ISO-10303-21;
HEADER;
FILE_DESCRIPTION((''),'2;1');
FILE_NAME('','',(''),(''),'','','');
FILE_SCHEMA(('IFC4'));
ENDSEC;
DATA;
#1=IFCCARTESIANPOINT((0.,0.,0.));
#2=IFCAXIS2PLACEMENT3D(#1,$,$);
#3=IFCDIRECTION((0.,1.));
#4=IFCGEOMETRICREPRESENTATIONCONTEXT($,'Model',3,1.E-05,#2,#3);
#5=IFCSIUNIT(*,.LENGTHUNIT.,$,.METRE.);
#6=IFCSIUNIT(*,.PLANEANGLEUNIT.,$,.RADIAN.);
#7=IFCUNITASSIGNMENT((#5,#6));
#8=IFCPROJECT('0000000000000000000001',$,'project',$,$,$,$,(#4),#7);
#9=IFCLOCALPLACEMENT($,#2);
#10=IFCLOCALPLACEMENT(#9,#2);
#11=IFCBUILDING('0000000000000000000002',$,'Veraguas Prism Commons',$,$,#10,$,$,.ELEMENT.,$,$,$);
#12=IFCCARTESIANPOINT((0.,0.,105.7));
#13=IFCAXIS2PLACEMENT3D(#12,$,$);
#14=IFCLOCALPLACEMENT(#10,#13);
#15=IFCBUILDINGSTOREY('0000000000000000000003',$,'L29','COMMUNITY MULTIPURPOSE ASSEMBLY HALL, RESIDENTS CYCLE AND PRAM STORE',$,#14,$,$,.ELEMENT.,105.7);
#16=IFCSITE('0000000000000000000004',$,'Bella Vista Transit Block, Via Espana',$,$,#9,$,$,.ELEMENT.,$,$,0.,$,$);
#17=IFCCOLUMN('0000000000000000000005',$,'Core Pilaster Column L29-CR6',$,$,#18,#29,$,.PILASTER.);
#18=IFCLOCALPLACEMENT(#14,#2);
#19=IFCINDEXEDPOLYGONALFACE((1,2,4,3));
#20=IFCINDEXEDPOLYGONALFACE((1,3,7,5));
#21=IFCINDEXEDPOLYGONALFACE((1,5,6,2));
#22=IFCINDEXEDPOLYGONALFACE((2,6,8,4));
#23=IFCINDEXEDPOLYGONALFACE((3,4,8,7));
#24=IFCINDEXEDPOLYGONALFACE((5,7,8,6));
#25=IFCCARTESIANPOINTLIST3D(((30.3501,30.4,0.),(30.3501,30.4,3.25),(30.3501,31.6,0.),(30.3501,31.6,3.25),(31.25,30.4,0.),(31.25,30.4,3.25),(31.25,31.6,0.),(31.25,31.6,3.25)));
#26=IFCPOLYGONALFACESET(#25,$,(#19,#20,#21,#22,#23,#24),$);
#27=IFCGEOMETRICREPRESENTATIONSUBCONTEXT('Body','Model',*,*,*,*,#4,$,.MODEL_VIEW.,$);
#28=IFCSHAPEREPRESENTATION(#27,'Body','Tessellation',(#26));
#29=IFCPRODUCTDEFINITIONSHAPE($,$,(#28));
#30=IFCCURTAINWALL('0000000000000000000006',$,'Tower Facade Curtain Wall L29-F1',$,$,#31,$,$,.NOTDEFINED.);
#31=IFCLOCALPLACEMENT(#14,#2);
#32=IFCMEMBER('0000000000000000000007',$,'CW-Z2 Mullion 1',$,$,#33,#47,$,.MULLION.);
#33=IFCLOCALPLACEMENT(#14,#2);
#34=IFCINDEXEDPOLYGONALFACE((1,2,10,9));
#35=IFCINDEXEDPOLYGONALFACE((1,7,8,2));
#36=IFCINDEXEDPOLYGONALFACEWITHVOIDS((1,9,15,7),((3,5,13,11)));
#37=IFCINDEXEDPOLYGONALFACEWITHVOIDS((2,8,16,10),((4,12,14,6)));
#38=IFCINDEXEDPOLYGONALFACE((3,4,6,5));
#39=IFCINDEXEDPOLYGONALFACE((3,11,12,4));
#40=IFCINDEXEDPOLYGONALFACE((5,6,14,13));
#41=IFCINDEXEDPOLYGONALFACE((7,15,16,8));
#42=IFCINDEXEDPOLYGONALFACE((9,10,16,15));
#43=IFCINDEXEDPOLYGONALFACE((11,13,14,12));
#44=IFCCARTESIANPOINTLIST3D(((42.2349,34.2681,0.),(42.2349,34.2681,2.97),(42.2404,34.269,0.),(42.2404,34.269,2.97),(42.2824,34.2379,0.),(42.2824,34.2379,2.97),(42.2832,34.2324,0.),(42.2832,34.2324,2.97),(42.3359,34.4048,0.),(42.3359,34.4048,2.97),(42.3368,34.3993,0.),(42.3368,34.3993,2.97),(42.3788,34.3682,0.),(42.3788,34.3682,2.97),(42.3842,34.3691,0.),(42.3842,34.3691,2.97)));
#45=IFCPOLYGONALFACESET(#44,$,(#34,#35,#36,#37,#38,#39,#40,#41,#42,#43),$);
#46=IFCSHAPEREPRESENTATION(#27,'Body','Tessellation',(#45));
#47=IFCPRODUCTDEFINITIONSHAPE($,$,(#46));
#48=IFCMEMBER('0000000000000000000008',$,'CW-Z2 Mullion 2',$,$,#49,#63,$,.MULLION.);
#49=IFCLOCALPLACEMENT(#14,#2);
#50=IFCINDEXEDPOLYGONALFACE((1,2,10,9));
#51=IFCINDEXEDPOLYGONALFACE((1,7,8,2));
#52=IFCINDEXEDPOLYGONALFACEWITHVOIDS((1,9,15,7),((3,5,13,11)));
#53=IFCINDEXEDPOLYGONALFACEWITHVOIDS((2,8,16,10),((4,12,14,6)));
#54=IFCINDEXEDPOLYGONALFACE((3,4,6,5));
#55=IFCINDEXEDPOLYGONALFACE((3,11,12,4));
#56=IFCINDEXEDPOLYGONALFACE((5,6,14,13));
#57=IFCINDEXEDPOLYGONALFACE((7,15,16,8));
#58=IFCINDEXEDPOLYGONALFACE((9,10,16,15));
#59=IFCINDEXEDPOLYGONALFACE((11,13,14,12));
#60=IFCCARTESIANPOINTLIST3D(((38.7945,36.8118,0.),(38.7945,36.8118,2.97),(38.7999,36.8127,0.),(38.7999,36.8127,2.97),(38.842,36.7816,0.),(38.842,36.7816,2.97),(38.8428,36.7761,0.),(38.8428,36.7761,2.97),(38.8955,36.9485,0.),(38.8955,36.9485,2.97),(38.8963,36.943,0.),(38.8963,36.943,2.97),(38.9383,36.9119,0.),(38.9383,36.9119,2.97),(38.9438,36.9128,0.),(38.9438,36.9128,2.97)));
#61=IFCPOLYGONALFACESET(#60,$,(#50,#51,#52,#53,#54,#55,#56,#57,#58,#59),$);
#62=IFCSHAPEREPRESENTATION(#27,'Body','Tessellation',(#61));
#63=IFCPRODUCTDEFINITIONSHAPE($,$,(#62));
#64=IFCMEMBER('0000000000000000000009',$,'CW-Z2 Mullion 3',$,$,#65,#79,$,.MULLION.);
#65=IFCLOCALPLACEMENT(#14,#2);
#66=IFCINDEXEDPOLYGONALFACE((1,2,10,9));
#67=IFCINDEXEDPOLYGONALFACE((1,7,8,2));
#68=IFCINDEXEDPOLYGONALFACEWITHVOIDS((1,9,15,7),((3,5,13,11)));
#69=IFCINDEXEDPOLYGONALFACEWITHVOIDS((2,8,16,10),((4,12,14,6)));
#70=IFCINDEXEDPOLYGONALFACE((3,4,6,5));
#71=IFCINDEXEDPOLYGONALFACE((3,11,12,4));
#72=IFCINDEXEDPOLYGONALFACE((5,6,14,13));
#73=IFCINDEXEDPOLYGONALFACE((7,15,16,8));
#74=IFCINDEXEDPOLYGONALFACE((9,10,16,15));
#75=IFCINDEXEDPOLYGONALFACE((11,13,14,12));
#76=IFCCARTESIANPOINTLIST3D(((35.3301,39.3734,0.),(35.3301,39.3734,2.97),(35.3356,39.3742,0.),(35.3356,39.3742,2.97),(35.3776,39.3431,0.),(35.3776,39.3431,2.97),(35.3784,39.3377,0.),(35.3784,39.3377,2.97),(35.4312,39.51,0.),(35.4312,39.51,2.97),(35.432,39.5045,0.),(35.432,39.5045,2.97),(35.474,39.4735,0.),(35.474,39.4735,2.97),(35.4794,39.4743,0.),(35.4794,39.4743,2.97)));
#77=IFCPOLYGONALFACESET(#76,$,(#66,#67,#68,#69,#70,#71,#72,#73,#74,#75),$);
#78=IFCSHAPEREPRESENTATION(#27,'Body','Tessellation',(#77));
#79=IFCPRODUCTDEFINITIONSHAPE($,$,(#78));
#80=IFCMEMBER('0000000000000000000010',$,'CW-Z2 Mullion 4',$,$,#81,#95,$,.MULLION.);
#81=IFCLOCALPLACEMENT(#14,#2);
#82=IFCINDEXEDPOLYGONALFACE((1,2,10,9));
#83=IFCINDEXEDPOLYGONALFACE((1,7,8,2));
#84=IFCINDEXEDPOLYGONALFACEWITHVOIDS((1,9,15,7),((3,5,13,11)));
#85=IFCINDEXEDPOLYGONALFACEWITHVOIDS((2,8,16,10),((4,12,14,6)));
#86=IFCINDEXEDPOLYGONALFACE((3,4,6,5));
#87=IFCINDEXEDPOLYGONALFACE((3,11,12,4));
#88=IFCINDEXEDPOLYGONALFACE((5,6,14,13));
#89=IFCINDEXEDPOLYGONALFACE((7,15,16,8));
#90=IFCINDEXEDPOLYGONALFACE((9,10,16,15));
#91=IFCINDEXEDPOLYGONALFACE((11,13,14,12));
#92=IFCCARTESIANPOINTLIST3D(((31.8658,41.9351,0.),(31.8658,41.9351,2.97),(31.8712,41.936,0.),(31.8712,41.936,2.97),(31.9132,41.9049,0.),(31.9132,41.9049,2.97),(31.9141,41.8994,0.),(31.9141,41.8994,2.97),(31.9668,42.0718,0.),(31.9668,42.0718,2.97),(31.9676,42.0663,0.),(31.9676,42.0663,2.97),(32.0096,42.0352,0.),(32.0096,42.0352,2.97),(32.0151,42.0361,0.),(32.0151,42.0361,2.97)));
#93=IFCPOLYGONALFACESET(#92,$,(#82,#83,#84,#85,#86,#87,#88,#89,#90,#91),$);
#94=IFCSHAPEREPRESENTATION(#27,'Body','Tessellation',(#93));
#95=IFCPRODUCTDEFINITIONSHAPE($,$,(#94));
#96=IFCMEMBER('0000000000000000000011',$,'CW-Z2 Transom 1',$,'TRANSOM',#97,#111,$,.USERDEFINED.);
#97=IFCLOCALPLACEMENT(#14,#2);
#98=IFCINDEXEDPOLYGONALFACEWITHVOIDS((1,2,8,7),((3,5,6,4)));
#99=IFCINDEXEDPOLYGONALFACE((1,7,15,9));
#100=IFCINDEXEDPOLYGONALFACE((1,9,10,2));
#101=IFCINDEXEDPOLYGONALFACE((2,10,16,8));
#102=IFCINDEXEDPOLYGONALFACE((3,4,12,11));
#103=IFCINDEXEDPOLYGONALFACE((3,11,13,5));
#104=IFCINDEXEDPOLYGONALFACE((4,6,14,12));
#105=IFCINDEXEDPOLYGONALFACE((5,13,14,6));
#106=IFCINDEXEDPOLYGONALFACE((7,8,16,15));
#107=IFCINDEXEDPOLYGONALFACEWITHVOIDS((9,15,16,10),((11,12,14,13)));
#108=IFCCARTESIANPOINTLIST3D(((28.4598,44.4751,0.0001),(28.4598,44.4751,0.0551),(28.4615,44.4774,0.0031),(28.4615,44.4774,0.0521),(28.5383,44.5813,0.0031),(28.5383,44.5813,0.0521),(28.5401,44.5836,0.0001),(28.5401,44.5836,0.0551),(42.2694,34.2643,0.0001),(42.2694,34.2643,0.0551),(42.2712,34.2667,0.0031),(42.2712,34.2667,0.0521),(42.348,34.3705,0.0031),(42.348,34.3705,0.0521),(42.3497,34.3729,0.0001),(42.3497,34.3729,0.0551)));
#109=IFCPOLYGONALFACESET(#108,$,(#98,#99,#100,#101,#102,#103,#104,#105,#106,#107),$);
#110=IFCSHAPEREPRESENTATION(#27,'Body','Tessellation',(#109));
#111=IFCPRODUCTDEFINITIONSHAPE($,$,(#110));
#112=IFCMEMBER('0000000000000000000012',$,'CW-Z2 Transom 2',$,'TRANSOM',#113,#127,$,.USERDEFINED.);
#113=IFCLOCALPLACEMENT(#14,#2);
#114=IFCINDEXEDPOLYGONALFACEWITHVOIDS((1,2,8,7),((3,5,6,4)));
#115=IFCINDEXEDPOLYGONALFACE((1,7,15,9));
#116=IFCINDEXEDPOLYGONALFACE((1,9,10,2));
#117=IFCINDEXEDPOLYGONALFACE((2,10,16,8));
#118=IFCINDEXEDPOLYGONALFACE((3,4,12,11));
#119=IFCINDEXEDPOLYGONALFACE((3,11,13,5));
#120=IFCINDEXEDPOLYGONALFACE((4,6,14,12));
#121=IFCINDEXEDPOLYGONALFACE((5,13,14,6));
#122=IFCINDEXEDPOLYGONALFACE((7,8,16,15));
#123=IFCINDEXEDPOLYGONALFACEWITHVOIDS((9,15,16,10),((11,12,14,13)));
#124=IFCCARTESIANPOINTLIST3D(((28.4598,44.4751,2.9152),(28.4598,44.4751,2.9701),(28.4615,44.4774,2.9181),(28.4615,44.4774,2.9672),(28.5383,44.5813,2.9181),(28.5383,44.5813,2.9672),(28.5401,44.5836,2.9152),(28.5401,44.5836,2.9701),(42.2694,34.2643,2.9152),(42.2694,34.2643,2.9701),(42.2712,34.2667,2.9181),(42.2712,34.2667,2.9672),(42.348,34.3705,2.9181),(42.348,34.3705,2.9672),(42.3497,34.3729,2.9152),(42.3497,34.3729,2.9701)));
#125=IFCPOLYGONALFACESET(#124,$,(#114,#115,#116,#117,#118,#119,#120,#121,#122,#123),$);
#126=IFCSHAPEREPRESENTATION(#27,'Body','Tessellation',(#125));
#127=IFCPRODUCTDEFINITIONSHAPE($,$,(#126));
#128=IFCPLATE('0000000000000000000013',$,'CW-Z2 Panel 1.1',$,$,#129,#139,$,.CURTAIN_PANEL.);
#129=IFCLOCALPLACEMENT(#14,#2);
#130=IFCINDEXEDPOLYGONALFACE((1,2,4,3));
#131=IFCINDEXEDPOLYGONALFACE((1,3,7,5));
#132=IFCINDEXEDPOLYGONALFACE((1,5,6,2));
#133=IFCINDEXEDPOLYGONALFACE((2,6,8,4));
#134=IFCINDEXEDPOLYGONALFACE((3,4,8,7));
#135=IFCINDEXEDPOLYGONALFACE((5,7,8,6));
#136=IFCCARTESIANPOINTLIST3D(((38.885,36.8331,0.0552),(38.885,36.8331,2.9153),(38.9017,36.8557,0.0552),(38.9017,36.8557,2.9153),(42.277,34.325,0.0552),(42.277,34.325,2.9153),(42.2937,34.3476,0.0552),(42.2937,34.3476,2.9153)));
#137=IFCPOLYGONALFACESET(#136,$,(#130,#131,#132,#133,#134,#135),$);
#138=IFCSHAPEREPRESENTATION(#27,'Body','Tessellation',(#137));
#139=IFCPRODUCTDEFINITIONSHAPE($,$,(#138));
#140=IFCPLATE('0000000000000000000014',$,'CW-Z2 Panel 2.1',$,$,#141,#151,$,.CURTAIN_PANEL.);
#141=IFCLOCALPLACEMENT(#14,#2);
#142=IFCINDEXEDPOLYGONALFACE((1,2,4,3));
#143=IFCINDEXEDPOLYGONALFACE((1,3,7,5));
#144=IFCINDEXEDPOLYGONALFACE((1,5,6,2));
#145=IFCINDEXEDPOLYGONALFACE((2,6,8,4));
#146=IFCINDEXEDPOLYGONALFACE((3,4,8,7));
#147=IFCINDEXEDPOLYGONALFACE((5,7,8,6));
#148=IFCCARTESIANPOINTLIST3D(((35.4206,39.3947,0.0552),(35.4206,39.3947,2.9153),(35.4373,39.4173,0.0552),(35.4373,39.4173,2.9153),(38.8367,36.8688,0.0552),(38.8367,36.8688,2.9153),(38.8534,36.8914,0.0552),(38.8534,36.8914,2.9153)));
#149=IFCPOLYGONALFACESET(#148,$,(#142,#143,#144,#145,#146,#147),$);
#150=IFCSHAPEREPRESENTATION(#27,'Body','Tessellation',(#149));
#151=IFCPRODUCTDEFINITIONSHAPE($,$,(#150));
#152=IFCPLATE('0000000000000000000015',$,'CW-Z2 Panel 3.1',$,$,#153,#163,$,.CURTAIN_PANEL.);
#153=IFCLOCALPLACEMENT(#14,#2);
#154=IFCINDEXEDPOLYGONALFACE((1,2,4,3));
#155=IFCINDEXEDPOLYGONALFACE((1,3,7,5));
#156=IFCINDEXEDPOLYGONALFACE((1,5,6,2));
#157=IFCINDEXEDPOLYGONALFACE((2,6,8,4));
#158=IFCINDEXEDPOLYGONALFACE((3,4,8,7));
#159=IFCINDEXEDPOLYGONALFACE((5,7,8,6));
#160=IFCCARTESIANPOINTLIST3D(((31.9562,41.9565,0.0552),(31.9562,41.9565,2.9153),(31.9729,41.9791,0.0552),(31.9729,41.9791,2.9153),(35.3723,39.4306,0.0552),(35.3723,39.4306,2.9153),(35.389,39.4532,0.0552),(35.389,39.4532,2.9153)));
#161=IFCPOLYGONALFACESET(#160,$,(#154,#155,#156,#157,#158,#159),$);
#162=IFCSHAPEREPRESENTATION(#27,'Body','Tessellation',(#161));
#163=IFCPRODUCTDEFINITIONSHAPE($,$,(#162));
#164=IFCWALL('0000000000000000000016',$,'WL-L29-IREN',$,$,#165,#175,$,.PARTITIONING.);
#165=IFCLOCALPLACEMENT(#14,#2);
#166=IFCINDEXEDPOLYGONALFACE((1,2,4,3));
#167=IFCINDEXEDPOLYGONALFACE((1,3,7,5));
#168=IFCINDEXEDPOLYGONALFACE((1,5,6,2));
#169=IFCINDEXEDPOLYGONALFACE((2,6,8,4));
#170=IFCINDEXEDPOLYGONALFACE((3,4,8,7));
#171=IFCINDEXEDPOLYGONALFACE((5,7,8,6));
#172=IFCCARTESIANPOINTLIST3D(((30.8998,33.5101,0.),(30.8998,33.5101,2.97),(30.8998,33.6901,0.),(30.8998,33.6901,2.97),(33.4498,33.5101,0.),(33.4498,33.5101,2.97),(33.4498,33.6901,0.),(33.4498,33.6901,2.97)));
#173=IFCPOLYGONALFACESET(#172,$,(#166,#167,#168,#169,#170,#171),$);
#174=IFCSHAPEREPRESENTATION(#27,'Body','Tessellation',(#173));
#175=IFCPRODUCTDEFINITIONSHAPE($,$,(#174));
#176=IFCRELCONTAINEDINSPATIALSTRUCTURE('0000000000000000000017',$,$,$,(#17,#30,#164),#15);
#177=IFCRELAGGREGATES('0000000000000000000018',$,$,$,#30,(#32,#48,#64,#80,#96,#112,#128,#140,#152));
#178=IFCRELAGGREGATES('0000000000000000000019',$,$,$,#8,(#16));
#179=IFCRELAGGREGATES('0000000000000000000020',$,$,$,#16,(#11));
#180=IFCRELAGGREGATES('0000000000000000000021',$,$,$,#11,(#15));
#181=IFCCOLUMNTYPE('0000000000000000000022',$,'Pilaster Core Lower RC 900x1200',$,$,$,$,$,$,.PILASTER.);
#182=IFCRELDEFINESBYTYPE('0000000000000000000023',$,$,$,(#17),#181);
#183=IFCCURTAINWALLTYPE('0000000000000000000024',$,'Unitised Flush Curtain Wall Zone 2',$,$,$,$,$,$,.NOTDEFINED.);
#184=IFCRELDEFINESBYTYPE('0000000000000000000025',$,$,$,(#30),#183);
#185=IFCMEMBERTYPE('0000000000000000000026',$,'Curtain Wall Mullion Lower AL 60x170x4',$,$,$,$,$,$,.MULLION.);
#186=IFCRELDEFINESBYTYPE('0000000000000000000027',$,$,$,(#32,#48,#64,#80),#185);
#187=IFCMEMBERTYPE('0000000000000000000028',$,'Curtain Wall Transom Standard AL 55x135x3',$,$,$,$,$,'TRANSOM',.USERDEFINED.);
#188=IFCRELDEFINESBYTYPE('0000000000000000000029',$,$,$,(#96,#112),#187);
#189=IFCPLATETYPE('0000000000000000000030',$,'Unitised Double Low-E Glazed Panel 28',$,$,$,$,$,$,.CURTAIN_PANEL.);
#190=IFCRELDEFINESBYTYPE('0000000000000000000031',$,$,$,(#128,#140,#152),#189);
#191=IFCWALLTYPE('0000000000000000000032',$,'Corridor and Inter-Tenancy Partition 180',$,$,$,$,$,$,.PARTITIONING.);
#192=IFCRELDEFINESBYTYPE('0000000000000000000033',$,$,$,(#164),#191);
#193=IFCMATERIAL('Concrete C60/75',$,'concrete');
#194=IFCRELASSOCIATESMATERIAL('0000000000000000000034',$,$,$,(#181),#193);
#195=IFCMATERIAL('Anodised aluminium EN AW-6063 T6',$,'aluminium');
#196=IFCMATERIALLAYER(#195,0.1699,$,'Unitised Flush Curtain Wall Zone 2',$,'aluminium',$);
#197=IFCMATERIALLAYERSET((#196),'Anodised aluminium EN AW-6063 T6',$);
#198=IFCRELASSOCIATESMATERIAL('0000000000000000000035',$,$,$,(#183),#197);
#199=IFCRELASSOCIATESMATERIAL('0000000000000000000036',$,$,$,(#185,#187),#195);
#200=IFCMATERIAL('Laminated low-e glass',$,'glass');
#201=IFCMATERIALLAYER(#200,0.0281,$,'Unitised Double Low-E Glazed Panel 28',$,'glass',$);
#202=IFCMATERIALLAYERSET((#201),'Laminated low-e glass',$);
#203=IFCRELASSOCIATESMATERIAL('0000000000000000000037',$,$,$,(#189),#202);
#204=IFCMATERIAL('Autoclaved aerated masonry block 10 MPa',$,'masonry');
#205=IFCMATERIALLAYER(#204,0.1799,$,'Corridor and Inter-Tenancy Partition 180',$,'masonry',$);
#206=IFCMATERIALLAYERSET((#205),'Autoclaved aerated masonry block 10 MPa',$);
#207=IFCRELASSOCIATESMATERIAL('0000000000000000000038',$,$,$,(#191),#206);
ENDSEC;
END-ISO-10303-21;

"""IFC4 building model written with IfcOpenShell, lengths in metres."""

from ifc_helpers import new_model, si_unit, direction, frame, frame_2d, origin, origin_2d, place, context, subcontext, project, spatial, rectangle, hollow_rectangle, extrude, source, transform, mapped, material, layer, layer_set, material_profile, profile_set, type_object, element, aggregate, save


model = new_model("IFC4")

# Units and contexts
model_context = context("Model", 3, precision=1e-05, world=origin(), true_north=direction((0.0, 1.0)))
body_context = subcontext(model_context, "Body", "Model", "MODEL_VIEW")
ifc_project = project(units=[si_unit("LENGTHUNIT", "METRE"), si_unit("PLANEANGLEUNIT", "RADIAN")], contexts=[model_context])

# Site, building, storey
site_placement = place(None, origin())
site = spatial("IfcSite", under=ifc_project, at=site_placement, Name="Bella Vista Transit Block, Via Espana", CompositionType="ELEMENT", RefElevation=0.0)
building_placement = place(site_placement, origin())
building = spatial("IfcBuilding", under=site, at=building_placement, Name="Veraguas Prism Commons", CompositionType="ELEMENT")
storey_placement = place(building_placement, frame((0.0, 0.0, 105.7)))
storey = spatial("IfcBuildingStorey", under=building, at=storey_placement, Name="L29", Description="COMMUNITY MULTIPURPOSE ASSEMBLY HALL, RESIDENTS CYCLE AND PRAM STORE", CompositionType="ELEMENT", Elevation=105.7)

# Column
ifc_material_1 = material(Name="Concrete C60/75", Category="concrete")
ifc_material_profile_1 = material_profile(ifc_material_1, rectangle(XDim=0.8999, YDim=1.2, at=origin_2d()), Name="RC900X1200")
ifc_profile_set_1 = profile_set([ifc_material_profile_1], Name="Concrete C60/75")
column_type = type_object("IfcColumnType", Name="Pilaster Core Lower RC 900x1200", PredefinedType="PILASTER", material=ifc_profile_set_1)
column_placement = place(storey_placement, frame((30.8, 31.0, 0.0), z_axis=(0.0, 0.0, 1.0), x_axis=(1.0, 0.0, 0.0)))
element("IfcColumn", 1, at=column_placement, inside=storey, type_object=column_type, Name="Core Pilaster Column L29-CR6", PredefinedType="PILASTER", context=body_context, shape_type="SweptSolid", body=[
    extrude(rectangle(XDim=0.8999, YDim=1.2, at=origin_2d()), origin(), (0.0, 0.0, 1.0), 3.25),
])

# Curtain wall, members, plates
ifc_material_2 = material(Name="Anodised aluminium EN AW-6063 T6", Category="aluminium")
ifc_layer_1 = layer(ifc_material_2, 0.1699, Name="Unitised Flush Curtain Wall Zone 2", Category="aluminium")
ifc_layer_set_1 = layer_set([ifc_layer_1], Name="Anodised aluminium EN AW-6063 T6")
curtain_wall_type = type_object("IfcCurtainWallType", Name="Unitised Flush Curtain Wall Zone 2", PredefinedType="NOTDEFINED", material=ifc_layer_set_1)
curtain_wall_placement = place(storey_placement, origin())
curtain_wall = element("IfcCurtainWall", 2, at=curtain_wall_placement, inside=storey, type_object=curtain_wall_type, Name="Tower Facade Curtain Wall L29-F1", PredefinedType="NOTDEFINED")
ifc_material_profile_2 = material_profile(ifc_material_2, hollow_rectangle(XDim=0.0601, YDim=0.1699, WallThickness=0.0039, at=origin_2d()), Name="AL60X170X4")
ifc_profile_set_2 = profile_set([ifc_material_profile_2], Name="Anodised aluminium EN AW-6063 T6")
member_type_1 = type_object("IfcMemberType", Name="Curtain Wall Mullion Lower AL 60x170x4", PredefinedType="MULLION", material=ifc_profile_set_2)
shared_shape_1 = source(origin(), body_context, "Body", "SweptSolid", [
    extrude(hollow_rectangle(XDim=0.0601, YDim=0.1699, WallThickness=0.0039, at=origin_2d()), origin(), (0.0, 0.0, 1.0), 2.97),
])
member_1_placement = place(storey_placement, frame((42.3096, 34.3186, 0.0), z_axis=(0.0, 0.0, 1.0), x_axis=(-0.804068, 0.594538, 0.0)))
member_1 = element("IfcMember", 3, at=member_1_placement, type_object=member_type_1, Name="CW-Z2 Mullion 1", PredefinedType="MULLION", context=body_context, shape_type="MappedRepresentation", body=[
    mapped(shared_shape_1, transform((0.0, 0.0, 0.0), scale=1.0)),
])
member_2_placement = place(storey_placement, frame((38.8691, 36.8623, 0.0), z_axis=(0.0, 0.0, 1.0), x_axis=(-0.804068, 0.594538, 0.0)))
member_2 = element("IfcMember", 4, at=member_2_placement, type_object=member_type_1, Name="CW-Z2 Mullion 2", PredefinedType="MULLION", context=body_context, shape_type="MappedRepresentation", body=[
    mapped(shared_shape_1, transform((0.0, 0.0, 0.0), scale=1.0)),
])
member_3_placement = place(storey_placement, frame((35.4048, 39.4238, 0.0), z_axis=(0.0, 0.0, 1.0), x_axis=(-0.804068, 0.594538, 0.0)))
member_3 = element("IfcMember", 5, at=member_3_placement, type_object=member_type_1, Name="CW-Z2 Mullion 3", PredefinedType="MULLION", context=body_context, shape_type="MappedRepresentation", body=[
    mapped(shared_shape_1, transform((0.0, 0.0, 0.0), scale=1.0)),
])
member_4_placement = place(storey_placement, frame((31.9404, 41.9856, 0.0), z_axis=(0.0, 0.0, 1.0), x_axis=(-0.804068, 0.594538, 0.0)))
member_4 = element("IfcMember", 6, at=member_4_placement, type_object=member_type_1, Name="CW-Z2 Mullion 4", PredefinedType="MULLION", context=body_context, shape_type="MappedRepresentation", body=[
    mapped(shared_shape_1, transform((0.0, 0.0, 0.0), scale=1.0)),
])
ifc_material_profile_3 = material_profile(ifc_material_2, hollow_rectangle(XDim=0.0549, YDim=0.135, WallThickness=0.0029, at=origin_2d()), Name="AL55X135X3")
ifc_profile_set_3 = profile_set([ifc_material_profile_3], Name="Anodised aluminium EN AW-6063 T6")
member_type_2 = type_object("IfcMemberType", Name="Curtain Wall Transom Standard AL 55x135x3", ElementType="TRANSOM", PredefinedType="USERDEFINED", material=ifc_profile_set_3)
shared_shape_2 = source(origin(), body_context, "Body", "SweptSolid", [
    extrude(hollow_rectangle(XDim=0.0549, YDim=0.135, WallThickness=0.0029, at=origin_2d()), origin(), (0.0, 0.0, 1.0), 17.1746),
])
member_5_placement = place(storey_placement, frame((42.3096, 34.3186, 0.0276), z_axis=(-0.804075, 0.594527, 0.0), x_axis=(0.0, 0.0, 1.0)))
member_5 = element("IfcMember", 7, at=member_5_placement, type_object=member_type_2, Name="CW-Z2 Transom 1", ObjectType="TRANSOM", PredefinedType="USERDEFINED", context=body_context, shape_type="MappedRepresentation", body=[
    mapped(shared_shape_2, transform((0.0, 0.0, 0.0), scale=1.0)),
])
member_6_placement = place(storey_placement, frame((42.3096, 34.3186, 2.9426), z_axis=(-0.804075, 0.594527, 0.0), x_axis=(0.0, 0.0, 1.0)))
member_6 = element("IfcMember", 8, at=member_6_placement, type_object=member_type_2, Name="CW-Z2 Transom 2", ObjectType="TRANSOM", PredefinedType="USERDEFINED", context=body_context, shape_type="MappedRepresentation", body=[
    mapped(shared_shape_2, transform((0.0, 0.0, 0.0), scale=1.0)),
])
ifc_material_3 = material(Name="Laminated low-e glass", Category="glass")
ifc_layer_2 = layer(ifc_material_3, 0.0281, Name="Unitised Double Low-E Glazed Panel 28", Category="glass")
ifc_layer_set_2 = layer_set([ifc_layer_2], Name="Laminated low-e glass")
plate_type = type_object("IfcPlateType", Name="Unitised Double Low-E Glazed Panel 28", PredefinedType="CURTAIN_PANEL", material=ifc_layer_set_2)
shared_shape_3 = source(origin(), body_context, "Body", "SweptSolid", [
    extrude(rectangle(XDim=4.2185, YDim=0.0281, at=origin_2d()), origin(), (0.0, 0.0, 1.0), 2.8601),
])
plate_1_placement = place(storey_placement, frame((40.5894, 35.5903, 0.0552), z_axis=(0.0, 0.0, 1.0), x_axis=(-0.804068, 0.594538, 0.0)))
plate_1 = element("IfcPlate", 9, at=plate_1_placement, type_object=plate_type, Name="CW-Z2 Panel 1.1", PredefinedType="CURTAIN_PANEL", context=body_context, shape_type="MappedRepresentation", body=[
    mapped(shared_shape_3, transform((0.0, 0.0, 0.0), scale=1.0)),
])
shared_shape_4 = source(origin(), body_context, "Body", "SweptSolid", [
    extrude(rectangle(XDim=4.2485, YDim=0.0281, at=origin_2d()), origin(), (0.0, 0.0, 1.0), 2.8601),
])
plate_2_placement = place(storey_placement, frame((37.137, 38.1431, 0.0552), z_axis=(0.0, 0.0, 1.0), x_axis=(-0.804068, 0.594538, 0.0)))
plate_2 = element("IfcPlate", 10, at=plate_2_placement, type_object=plate_type, Name="CW-Z2 Panel 2.1", PredefinedType="CURTAIN_PANEL", context=body_context, shape_type="MappedRepresentation", body=[
    mapped(shared_shape_4, transform((0.0, 0.0, 0.0), scale=1.0)),
])
plate_3_placement = place(storey_placement, frame((33.6726, 40.7048, 0.0552), z_axis=(0.0, 0.0, 1.0), x_axis=(-0.804068, 0.594538, 0.0)))
plate_3 = element("IfcPlate", 11, at=plate_3_placement, type_object=plate_type, Name="CW-Z2 Panel 3.1", PredefinedType="CURTAIN_PANEL", context=body_context, shape_type="MappedRepresentation", body=[
    mapped(shared_shape_4, transform((0.0, 0.0, 0.0), scale=1.0)),
])
aggregate(curtain_wall, [member_1, member_2, member_3, member_4, member_5, member_6, plate_1, plate_2, plate_3])

# Wall
ifc_material_4 = material(Name="Autoclaved aerated masonry block 10 MPa", Category="masonry")
ifc_layer_3 = layer(ifc_material_4, 0.1799, Name="Corridor and Inter-Tenancy Partition 180", Category="masonry")
ifc_layer_set_3 = layer_set([ifc_layer_3], Name="Autoclaved aerated masonry block 10 MPa")
wall_type_1 = type_object("IfcWallType", Name="Corridor and Inter-Tenancy Partition 180", PredefinedType="PARTITIONING", material=ifc_layer_set_3)
wall_1_placement = place(storey_placement, frame((30.8999, 33.6001, 0.0), z_axis=(0.0, 0.0, 1.0), x_axis=(1.0, 0.0, 0.0)))
element("IfcWall", 12, at=wall_1_placement, inside=storey, type_object=wall_type_1, Name="WL-L29-IREN", PredefinedType="PARTITIONING", context=body_context, shape_type="SweptSolid", body=[
    extrude(rectangle(XDim=2.55, YDim=0.1799, at=frame_2d((1.2749, 0.0))), origin(), (0.0, 0.0, 1.0), 2.97),
])

save(model, "model.ifc")
